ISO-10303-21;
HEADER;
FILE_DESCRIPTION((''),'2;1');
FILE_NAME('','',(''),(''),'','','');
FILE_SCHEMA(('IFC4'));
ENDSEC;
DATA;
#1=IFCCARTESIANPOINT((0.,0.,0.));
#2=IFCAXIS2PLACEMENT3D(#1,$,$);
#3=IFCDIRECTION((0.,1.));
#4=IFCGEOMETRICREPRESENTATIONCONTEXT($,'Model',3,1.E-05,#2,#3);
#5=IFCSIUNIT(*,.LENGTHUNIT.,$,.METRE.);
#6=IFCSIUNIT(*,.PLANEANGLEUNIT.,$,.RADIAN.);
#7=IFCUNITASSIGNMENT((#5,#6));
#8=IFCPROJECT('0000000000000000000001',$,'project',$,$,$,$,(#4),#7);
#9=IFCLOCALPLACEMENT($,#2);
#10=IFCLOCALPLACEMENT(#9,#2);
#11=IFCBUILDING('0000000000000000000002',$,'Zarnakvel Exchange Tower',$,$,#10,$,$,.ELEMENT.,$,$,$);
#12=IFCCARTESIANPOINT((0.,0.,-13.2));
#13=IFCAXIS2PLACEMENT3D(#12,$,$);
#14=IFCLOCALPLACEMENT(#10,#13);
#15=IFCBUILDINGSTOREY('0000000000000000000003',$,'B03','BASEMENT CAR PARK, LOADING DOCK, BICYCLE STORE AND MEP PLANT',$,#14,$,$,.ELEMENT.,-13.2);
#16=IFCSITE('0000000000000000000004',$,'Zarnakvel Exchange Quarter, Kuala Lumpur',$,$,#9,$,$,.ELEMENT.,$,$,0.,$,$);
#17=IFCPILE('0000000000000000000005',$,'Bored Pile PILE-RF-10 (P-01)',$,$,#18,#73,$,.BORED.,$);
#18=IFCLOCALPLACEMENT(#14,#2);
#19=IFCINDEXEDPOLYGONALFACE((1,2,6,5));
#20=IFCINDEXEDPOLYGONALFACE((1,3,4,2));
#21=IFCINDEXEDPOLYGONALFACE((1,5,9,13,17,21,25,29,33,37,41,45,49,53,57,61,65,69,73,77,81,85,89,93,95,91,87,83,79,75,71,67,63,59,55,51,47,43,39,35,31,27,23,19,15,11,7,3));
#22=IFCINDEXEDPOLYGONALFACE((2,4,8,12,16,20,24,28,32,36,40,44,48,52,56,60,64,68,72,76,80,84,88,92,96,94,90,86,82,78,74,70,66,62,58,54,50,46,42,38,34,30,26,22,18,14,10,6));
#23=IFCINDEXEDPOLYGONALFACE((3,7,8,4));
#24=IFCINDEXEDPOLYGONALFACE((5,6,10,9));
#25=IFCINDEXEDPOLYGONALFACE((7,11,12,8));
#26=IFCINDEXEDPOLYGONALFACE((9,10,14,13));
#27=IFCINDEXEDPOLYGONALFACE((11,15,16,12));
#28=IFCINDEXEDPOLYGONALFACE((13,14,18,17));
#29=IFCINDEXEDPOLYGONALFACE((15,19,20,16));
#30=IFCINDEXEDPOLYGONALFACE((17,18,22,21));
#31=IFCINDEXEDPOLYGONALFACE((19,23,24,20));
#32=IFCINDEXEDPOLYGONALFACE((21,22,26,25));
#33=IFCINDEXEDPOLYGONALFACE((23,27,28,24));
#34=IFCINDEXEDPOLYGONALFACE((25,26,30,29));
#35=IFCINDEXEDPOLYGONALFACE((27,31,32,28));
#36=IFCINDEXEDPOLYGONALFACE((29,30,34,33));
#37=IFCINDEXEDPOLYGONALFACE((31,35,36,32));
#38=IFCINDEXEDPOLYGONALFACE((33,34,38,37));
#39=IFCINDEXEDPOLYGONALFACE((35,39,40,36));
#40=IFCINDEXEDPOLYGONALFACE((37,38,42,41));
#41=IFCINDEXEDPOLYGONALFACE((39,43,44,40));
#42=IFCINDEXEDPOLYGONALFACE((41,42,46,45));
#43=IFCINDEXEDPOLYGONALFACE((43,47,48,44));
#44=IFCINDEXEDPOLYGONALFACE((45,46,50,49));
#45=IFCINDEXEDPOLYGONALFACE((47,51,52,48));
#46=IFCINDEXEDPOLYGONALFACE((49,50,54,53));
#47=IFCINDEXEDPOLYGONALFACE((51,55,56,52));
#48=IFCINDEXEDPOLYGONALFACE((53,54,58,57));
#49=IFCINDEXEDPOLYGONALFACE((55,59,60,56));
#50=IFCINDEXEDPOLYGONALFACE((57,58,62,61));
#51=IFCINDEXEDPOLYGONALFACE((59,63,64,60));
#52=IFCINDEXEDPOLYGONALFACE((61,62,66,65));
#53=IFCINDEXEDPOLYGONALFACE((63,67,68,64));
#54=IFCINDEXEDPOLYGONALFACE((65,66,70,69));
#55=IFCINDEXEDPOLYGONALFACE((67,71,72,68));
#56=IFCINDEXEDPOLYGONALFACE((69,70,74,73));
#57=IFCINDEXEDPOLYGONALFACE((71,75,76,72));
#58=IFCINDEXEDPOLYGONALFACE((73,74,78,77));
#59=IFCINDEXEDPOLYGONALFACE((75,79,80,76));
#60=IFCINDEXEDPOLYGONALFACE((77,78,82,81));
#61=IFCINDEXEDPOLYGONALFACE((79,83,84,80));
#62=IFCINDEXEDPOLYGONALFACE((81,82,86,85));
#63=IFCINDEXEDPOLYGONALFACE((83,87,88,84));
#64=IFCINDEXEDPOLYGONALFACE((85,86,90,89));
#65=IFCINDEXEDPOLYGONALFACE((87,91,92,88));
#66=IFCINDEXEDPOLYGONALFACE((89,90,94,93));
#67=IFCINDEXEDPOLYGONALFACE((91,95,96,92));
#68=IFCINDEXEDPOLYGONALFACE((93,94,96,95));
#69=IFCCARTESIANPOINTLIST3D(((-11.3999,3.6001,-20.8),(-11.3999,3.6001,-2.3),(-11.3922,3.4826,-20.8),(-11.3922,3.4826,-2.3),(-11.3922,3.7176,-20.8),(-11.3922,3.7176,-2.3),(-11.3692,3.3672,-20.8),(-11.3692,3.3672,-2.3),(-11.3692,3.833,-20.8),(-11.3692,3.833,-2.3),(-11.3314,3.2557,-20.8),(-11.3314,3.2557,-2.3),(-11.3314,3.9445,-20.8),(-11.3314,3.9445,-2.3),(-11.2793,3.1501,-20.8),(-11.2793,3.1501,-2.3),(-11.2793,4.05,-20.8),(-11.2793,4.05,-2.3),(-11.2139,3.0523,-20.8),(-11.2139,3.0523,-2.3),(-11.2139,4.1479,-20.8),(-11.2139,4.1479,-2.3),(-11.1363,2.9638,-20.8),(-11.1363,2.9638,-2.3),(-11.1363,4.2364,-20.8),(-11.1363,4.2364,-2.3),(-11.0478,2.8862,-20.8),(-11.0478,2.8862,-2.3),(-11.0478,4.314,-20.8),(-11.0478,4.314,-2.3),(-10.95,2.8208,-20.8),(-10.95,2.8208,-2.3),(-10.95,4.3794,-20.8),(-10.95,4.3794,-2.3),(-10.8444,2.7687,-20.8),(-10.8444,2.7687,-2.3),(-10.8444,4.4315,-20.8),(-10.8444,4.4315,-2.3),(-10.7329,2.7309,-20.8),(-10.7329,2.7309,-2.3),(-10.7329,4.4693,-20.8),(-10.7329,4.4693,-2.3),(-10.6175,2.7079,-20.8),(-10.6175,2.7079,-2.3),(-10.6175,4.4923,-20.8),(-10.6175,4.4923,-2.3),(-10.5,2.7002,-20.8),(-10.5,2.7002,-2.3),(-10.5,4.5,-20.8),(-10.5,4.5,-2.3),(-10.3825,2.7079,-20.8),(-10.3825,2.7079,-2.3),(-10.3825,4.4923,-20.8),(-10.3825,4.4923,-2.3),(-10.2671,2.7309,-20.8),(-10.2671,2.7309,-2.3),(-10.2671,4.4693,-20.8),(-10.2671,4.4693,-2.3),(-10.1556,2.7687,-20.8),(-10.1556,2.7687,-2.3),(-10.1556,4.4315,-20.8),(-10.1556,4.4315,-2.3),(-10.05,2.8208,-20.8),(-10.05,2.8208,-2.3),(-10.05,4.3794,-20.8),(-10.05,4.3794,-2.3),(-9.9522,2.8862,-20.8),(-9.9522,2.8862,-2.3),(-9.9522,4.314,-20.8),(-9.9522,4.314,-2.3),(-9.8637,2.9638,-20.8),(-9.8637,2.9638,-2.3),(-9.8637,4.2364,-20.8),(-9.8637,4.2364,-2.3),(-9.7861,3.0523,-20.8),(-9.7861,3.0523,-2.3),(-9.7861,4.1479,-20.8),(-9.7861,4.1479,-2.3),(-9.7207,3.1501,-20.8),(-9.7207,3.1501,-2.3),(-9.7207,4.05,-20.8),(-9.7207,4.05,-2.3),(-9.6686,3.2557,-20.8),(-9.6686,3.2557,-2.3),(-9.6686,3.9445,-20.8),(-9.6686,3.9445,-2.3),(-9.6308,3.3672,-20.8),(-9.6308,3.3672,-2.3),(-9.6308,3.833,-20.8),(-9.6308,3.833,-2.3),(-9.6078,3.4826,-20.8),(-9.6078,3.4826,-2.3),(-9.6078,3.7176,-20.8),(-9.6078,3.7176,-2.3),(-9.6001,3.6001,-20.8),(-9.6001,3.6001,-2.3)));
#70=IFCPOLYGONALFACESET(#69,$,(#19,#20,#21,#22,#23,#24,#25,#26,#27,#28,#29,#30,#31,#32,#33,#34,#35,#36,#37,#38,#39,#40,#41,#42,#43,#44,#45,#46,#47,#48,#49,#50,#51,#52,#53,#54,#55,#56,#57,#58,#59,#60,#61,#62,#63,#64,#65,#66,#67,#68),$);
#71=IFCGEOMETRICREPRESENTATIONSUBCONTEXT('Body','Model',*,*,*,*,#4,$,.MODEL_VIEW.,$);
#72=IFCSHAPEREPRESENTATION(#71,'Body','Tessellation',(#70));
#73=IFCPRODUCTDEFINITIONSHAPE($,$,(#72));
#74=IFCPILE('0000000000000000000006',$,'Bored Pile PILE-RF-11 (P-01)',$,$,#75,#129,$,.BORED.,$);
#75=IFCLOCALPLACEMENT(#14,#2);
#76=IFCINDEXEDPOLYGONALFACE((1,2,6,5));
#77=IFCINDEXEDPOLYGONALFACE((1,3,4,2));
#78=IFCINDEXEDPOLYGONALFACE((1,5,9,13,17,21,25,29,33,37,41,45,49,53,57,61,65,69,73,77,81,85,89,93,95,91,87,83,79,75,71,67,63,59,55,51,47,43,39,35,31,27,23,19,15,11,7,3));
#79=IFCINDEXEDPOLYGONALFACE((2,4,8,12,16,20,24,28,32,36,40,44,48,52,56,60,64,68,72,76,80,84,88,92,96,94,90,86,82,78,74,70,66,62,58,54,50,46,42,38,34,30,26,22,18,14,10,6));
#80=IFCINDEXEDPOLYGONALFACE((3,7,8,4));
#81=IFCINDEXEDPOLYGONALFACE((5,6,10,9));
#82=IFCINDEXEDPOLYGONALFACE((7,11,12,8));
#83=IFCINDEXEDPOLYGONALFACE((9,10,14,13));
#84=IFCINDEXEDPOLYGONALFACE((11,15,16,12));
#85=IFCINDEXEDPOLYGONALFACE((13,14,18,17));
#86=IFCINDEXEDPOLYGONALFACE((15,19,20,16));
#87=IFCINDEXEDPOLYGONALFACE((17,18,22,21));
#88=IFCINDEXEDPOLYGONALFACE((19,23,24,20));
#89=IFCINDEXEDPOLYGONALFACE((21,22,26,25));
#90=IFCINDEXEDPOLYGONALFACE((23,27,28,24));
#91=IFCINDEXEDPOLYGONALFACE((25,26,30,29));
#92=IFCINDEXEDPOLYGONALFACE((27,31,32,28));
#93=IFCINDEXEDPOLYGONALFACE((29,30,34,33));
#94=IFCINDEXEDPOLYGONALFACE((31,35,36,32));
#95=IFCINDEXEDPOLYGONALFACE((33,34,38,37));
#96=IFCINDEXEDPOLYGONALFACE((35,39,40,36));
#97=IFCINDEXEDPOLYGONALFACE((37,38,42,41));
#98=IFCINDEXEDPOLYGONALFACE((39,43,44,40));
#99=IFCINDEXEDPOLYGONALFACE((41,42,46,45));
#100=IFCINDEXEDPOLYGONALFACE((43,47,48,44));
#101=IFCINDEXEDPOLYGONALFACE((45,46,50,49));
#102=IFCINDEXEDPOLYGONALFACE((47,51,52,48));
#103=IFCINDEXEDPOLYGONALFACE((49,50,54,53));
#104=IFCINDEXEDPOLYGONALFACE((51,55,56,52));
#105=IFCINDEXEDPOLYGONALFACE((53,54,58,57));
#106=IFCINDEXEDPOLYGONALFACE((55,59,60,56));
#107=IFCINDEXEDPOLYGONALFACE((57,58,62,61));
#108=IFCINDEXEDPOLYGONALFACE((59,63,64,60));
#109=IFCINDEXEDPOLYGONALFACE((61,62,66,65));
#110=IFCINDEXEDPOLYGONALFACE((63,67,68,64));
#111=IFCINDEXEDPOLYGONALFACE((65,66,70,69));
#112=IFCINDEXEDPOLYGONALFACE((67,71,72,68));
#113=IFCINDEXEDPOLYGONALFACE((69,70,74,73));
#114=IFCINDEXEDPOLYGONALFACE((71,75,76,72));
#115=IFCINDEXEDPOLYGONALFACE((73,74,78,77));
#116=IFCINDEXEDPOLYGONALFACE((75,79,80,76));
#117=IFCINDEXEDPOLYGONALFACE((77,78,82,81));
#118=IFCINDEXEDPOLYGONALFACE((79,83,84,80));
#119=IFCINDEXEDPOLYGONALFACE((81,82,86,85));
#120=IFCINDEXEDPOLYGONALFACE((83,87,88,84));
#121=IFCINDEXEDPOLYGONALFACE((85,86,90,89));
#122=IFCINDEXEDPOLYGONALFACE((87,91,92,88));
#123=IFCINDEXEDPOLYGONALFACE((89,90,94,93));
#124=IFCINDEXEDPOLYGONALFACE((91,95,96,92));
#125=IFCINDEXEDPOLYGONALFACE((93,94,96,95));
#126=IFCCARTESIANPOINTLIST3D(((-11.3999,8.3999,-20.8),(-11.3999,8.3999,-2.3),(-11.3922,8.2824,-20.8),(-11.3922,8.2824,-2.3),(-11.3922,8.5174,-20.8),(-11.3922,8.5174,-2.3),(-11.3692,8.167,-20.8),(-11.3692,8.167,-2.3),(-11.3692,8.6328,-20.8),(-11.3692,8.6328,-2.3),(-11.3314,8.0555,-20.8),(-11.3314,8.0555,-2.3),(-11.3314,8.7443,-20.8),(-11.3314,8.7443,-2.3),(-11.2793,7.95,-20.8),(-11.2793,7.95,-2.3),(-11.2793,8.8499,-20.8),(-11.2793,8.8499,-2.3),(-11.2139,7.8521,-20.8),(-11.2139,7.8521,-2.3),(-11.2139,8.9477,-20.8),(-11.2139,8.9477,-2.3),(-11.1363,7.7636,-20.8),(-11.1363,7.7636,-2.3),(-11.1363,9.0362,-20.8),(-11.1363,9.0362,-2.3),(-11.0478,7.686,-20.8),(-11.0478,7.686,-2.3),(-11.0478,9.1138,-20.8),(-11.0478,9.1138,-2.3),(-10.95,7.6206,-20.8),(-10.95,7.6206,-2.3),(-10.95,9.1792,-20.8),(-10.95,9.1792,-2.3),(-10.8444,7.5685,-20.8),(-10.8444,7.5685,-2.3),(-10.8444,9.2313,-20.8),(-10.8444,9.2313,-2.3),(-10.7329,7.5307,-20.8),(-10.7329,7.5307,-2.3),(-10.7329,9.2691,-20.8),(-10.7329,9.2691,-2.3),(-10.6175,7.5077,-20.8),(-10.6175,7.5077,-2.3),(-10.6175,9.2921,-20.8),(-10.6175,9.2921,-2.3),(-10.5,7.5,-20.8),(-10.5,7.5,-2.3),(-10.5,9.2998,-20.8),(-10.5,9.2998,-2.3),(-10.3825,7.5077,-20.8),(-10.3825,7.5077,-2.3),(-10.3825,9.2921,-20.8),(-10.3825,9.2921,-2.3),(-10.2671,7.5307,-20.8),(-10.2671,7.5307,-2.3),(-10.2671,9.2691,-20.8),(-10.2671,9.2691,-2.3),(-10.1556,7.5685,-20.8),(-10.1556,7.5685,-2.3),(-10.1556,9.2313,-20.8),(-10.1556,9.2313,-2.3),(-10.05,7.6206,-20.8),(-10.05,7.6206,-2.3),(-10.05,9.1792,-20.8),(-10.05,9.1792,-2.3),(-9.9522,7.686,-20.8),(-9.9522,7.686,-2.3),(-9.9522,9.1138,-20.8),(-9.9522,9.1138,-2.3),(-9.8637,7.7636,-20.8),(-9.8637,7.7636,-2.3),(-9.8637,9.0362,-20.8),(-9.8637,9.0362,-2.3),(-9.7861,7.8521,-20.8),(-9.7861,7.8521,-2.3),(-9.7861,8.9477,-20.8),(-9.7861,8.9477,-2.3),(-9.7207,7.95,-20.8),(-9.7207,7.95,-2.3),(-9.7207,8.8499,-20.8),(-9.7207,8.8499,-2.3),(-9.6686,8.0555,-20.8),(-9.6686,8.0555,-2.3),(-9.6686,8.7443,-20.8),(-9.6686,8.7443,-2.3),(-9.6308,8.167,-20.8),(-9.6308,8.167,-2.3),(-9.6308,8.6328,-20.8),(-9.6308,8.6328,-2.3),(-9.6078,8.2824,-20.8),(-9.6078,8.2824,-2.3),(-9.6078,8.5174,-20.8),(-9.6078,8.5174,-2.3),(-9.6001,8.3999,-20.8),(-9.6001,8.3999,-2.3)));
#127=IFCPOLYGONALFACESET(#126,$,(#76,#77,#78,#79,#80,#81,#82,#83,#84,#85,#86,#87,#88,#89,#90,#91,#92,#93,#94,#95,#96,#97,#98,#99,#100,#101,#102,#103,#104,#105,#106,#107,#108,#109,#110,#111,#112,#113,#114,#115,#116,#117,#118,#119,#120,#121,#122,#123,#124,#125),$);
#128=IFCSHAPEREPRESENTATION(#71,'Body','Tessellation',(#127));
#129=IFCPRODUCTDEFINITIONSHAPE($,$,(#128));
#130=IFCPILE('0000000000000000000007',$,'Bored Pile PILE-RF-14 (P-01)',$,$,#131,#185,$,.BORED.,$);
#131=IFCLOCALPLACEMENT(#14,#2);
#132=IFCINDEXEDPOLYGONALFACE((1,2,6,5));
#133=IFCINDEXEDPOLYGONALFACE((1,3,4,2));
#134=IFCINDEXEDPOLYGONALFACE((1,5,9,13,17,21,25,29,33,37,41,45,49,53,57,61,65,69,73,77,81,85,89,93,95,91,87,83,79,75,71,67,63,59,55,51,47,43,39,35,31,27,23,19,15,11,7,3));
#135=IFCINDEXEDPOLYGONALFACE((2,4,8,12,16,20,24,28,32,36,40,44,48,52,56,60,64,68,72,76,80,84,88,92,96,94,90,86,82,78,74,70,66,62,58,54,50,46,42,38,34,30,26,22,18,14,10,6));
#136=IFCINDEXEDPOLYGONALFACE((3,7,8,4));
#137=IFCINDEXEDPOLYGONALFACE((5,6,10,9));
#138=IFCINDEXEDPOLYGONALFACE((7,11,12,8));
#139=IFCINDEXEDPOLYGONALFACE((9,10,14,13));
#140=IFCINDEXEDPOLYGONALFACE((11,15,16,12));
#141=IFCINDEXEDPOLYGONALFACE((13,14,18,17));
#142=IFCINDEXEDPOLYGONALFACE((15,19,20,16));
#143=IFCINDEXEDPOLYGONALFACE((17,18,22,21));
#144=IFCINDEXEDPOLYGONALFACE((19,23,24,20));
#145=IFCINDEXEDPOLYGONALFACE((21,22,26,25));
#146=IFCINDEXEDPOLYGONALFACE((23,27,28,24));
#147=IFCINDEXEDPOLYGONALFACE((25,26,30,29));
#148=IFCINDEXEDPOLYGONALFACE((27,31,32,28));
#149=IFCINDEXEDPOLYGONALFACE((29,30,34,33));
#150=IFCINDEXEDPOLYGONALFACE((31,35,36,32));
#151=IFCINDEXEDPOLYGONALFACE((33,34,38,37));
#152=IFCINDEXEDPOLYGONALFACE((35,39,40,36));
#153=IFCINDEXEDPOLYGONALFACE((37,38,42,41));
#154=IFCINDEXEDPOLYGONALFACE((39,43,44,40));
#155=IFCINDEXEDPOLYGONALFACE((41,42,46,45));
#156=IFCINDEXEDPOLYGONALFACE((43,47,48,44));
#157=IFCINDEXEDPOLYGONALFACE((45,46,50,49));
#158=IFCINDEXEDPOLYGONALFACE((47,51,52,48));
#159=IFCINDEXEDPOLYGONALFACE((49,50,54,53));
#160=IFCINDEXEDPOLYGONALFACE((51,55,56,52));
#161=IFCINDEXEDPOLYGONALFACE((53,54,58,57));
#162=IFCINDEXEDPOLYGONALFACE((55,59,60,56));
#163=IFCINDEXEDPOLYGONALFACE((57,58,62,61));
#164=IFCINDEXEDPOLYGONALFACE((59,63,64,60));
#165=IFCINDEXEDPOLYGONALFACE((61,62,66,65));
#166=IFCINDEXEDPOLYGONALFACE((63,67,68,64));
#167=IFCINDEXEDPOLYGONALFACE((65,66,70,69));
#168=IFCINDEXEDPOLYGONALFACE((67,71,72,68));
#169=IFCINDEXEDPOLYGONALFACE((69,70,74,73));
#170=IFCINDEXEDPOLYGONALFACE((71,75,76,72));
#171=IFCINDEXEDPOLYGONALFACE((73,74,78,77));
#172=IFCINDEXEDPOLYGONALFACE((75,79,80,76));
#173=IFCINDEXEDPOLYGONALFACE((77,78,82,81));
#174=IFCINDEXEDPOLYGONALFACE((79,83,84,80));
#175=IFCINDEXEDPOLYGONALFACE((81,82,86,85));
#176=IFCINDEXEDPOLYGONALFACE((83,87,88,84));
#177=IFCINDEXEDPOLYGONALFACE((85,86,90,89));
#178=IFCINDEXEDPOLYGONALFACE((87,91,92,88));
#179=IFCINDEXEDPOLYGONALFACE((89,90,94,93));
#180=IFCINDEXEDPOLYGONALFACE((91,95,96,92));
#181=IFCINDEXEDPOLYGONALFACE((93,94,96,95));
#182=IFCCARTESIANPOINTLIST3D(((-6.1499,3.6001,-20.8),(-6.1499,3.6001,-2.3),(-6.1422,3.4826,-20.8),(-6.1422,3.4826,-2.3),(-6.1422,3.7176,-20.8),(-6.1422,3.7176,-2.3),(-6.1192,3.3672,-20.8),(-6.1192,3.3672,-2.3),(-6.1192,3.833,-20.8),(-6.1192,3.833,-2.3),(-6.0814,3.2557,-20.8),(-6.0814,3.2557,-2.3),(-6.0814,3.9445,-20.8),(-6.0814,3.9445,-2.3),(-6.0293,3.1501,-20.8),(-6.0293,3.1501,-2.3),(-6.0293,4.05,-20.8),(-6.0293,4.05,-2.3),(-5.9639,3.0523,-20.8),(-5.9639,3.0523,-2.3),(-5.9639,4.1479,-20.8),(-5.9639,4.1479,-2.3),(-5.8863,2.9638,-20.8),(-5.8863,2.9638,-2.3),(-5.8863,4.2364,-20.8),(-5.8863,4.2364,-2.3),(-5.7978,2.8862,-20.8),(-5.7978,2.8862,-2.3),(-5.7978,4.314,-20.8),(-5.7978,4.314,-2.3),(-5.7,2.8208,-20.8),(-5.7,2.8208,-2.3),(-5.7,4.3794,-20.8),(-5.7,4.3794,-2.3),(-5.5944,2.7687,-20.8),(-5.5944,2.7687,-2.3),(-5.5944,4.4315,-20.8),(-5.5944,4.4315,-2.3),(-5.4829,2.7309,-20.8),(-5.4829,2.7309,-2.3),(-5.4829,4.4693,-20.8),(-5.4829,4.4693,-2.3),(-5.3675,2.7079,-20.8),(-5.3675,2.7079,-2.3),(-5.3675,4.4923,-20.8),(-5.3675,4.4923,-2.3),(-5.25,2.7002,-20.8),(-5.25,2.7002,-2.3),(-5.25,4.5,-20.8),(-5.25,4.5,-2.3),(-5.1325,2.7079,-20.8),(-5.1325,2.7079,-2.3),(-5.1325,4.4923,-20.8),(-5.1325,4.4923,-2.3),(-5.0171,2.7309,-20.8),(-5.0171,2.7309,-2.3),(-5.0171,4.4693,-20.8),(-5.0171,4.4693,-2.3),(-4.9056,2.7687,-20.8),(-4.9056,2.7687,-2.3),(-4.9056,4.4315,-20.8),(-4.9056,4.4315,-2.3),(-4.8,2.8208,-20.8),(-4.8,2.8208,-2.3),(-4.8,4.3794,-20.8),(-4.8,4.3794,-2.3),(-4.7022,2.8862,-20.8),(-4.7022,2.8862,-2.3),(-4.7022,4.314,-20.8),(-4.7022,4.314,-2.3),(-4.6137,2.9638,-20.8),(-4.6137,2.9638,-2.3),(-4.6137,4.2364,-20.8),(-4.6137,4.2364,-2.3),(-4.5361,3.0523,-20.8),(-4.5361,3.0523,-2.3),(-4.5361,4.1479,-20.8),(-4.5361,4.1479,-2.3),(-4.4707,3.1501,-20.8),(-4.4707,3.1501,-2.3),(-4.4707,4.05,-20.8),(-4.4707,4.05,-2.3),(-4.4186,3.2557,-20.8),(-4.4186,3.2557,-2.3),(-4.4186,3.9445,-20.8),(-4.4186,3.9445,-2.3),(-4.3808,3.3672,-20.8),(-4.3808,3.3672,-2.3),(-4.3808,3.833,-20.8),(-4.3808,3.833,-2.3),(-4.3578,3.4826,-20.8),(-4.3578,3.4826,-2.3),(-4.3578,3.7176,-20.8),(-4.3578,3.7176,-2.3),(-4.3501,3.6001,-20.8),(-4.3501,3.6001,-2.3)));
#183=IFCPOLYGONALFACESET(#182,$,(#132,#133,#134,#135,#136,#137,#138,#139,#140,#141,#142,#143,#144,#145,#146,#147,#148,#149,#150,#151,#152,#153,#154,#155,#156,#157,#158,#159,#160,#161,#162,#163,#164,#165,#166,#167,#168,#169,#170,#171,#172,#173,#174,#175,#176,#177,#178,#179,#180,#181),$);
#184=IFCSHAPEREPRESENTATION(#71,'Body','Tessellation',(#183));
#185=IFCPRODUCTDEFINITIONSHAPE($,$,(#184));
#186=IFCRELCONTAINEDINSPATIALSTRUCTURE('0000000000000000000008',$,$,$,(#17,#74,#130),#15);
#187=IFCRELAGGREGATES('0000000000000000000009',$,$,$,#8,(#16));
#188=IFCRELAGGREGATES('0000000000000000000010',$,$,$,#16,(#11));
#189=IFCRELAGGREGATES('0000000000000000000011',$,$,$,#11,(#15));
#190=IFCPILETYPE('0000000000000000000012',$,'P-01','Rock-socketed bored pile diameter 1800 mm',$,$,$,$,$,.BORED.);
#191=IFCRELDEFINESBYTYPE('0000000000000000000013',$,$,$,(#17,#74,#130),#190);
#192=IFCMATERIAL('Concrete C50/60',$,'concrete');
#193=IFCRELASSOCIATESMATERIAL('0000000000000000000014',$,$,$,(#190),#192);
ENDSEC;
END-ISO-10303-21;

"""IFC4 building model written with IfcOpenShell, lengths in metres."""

from ifc_helpers import new_model, si_unit, direction, frame, origin, origin_2d, place, context, subcontext, project, spatial, circle, extrude, material, material_profile, profile_set, type_object, element, save


model = new_model("IFC4")

# Units and contexts
model_context = context("Model", 3, precision=1e-05, world=origin(), true_north=direction((0.0, 1.0)))
body_context = subcontext(model_context, "Body", "Model", "MODEL_VIEW")
ifc_project = project(units=[si_unit("LENGTHUNIT", "METRE"), si_unit("PLANEANGLEUNIT", "RADIAN")], contexts=[model_context])

# Site, building, storey
site_placement = place(None, origin())
site = spatial("IfcSite", under=ifc_project, at=site_placement, Name="Zarnakvel Exchange Quarter, Kuala Lumpur", CompositionType="ELEMENT", RefElevation=0.0)
building_placement = place(site_placement, origin())
building = spatial("IfcBuilding", under=site, at=building_placement, Name="Zarnakvel Exchange Tower", CompositionType="ELEMENT")
storey_placement = place(building_placement, frame((0.0, 0.0, -13.2)))
storey = spatial("IfcBuildingStorey", under=building, at=storey_placement, Name="B03", Description="BASEMENT CAR PARK, LOADING DOCK, BICYCLE STORE AND MEP PLANT", CompositionType="ELEMENT", Elevation=-13.2)

# Piles
ifc_material_1 = material(Name="Concrete C50/60", Category="concrete")
ifc_material_profile = material_profile(ifc_material_1, circle(Radius=0.8999, at=origin_2d()))
ifc_profile_set = profile_set([ifc_material_profile], Name="Concrete C50/60")
pile_type = type_object("IfcPileType", Name="P-01", Description="Rock-socketed bored pile diameter 1800 mm", PredefinedType="BORED", material=ifc_profile_set)
for number, where, z_axis, x_axis, name in (
    (1, (-10.5, 3.6001, -2.3), (0.0, 0.0, -1.0), (1.0, 0.0, 0.0), "Bored Pile PILE-RF-10 (P-01)"),
    (2, (-10.5, 8.3999, -2.3), (0.0, 0.0, -1.0), (1.0, 0.0, 0.0), "Bored Pile PILE-RF-11 (P-01)"),
    (3, (-5.25, 3.6001, -2.3), (0.0, 0.0, -1.0), (1.0, 0.0, 0.0), "Bored Pile PILE-RF-14 (P-01)"),
):
    element("IfcPile", number, at=place(storey_placement, frame(where, z_axis=z_axis, x_axis=x_axis)), inside=storey, type_object=pile_type, Name=name, PredefinedType="BORED", context=body_context, shape_type="SweptSolid", body=[
        extrude(circle(Radius=0.8999, at=origin_2d()), origin(), (0.0, 0.0, 1.0), 18.5),
    ])

save(model, "model.ifc")
